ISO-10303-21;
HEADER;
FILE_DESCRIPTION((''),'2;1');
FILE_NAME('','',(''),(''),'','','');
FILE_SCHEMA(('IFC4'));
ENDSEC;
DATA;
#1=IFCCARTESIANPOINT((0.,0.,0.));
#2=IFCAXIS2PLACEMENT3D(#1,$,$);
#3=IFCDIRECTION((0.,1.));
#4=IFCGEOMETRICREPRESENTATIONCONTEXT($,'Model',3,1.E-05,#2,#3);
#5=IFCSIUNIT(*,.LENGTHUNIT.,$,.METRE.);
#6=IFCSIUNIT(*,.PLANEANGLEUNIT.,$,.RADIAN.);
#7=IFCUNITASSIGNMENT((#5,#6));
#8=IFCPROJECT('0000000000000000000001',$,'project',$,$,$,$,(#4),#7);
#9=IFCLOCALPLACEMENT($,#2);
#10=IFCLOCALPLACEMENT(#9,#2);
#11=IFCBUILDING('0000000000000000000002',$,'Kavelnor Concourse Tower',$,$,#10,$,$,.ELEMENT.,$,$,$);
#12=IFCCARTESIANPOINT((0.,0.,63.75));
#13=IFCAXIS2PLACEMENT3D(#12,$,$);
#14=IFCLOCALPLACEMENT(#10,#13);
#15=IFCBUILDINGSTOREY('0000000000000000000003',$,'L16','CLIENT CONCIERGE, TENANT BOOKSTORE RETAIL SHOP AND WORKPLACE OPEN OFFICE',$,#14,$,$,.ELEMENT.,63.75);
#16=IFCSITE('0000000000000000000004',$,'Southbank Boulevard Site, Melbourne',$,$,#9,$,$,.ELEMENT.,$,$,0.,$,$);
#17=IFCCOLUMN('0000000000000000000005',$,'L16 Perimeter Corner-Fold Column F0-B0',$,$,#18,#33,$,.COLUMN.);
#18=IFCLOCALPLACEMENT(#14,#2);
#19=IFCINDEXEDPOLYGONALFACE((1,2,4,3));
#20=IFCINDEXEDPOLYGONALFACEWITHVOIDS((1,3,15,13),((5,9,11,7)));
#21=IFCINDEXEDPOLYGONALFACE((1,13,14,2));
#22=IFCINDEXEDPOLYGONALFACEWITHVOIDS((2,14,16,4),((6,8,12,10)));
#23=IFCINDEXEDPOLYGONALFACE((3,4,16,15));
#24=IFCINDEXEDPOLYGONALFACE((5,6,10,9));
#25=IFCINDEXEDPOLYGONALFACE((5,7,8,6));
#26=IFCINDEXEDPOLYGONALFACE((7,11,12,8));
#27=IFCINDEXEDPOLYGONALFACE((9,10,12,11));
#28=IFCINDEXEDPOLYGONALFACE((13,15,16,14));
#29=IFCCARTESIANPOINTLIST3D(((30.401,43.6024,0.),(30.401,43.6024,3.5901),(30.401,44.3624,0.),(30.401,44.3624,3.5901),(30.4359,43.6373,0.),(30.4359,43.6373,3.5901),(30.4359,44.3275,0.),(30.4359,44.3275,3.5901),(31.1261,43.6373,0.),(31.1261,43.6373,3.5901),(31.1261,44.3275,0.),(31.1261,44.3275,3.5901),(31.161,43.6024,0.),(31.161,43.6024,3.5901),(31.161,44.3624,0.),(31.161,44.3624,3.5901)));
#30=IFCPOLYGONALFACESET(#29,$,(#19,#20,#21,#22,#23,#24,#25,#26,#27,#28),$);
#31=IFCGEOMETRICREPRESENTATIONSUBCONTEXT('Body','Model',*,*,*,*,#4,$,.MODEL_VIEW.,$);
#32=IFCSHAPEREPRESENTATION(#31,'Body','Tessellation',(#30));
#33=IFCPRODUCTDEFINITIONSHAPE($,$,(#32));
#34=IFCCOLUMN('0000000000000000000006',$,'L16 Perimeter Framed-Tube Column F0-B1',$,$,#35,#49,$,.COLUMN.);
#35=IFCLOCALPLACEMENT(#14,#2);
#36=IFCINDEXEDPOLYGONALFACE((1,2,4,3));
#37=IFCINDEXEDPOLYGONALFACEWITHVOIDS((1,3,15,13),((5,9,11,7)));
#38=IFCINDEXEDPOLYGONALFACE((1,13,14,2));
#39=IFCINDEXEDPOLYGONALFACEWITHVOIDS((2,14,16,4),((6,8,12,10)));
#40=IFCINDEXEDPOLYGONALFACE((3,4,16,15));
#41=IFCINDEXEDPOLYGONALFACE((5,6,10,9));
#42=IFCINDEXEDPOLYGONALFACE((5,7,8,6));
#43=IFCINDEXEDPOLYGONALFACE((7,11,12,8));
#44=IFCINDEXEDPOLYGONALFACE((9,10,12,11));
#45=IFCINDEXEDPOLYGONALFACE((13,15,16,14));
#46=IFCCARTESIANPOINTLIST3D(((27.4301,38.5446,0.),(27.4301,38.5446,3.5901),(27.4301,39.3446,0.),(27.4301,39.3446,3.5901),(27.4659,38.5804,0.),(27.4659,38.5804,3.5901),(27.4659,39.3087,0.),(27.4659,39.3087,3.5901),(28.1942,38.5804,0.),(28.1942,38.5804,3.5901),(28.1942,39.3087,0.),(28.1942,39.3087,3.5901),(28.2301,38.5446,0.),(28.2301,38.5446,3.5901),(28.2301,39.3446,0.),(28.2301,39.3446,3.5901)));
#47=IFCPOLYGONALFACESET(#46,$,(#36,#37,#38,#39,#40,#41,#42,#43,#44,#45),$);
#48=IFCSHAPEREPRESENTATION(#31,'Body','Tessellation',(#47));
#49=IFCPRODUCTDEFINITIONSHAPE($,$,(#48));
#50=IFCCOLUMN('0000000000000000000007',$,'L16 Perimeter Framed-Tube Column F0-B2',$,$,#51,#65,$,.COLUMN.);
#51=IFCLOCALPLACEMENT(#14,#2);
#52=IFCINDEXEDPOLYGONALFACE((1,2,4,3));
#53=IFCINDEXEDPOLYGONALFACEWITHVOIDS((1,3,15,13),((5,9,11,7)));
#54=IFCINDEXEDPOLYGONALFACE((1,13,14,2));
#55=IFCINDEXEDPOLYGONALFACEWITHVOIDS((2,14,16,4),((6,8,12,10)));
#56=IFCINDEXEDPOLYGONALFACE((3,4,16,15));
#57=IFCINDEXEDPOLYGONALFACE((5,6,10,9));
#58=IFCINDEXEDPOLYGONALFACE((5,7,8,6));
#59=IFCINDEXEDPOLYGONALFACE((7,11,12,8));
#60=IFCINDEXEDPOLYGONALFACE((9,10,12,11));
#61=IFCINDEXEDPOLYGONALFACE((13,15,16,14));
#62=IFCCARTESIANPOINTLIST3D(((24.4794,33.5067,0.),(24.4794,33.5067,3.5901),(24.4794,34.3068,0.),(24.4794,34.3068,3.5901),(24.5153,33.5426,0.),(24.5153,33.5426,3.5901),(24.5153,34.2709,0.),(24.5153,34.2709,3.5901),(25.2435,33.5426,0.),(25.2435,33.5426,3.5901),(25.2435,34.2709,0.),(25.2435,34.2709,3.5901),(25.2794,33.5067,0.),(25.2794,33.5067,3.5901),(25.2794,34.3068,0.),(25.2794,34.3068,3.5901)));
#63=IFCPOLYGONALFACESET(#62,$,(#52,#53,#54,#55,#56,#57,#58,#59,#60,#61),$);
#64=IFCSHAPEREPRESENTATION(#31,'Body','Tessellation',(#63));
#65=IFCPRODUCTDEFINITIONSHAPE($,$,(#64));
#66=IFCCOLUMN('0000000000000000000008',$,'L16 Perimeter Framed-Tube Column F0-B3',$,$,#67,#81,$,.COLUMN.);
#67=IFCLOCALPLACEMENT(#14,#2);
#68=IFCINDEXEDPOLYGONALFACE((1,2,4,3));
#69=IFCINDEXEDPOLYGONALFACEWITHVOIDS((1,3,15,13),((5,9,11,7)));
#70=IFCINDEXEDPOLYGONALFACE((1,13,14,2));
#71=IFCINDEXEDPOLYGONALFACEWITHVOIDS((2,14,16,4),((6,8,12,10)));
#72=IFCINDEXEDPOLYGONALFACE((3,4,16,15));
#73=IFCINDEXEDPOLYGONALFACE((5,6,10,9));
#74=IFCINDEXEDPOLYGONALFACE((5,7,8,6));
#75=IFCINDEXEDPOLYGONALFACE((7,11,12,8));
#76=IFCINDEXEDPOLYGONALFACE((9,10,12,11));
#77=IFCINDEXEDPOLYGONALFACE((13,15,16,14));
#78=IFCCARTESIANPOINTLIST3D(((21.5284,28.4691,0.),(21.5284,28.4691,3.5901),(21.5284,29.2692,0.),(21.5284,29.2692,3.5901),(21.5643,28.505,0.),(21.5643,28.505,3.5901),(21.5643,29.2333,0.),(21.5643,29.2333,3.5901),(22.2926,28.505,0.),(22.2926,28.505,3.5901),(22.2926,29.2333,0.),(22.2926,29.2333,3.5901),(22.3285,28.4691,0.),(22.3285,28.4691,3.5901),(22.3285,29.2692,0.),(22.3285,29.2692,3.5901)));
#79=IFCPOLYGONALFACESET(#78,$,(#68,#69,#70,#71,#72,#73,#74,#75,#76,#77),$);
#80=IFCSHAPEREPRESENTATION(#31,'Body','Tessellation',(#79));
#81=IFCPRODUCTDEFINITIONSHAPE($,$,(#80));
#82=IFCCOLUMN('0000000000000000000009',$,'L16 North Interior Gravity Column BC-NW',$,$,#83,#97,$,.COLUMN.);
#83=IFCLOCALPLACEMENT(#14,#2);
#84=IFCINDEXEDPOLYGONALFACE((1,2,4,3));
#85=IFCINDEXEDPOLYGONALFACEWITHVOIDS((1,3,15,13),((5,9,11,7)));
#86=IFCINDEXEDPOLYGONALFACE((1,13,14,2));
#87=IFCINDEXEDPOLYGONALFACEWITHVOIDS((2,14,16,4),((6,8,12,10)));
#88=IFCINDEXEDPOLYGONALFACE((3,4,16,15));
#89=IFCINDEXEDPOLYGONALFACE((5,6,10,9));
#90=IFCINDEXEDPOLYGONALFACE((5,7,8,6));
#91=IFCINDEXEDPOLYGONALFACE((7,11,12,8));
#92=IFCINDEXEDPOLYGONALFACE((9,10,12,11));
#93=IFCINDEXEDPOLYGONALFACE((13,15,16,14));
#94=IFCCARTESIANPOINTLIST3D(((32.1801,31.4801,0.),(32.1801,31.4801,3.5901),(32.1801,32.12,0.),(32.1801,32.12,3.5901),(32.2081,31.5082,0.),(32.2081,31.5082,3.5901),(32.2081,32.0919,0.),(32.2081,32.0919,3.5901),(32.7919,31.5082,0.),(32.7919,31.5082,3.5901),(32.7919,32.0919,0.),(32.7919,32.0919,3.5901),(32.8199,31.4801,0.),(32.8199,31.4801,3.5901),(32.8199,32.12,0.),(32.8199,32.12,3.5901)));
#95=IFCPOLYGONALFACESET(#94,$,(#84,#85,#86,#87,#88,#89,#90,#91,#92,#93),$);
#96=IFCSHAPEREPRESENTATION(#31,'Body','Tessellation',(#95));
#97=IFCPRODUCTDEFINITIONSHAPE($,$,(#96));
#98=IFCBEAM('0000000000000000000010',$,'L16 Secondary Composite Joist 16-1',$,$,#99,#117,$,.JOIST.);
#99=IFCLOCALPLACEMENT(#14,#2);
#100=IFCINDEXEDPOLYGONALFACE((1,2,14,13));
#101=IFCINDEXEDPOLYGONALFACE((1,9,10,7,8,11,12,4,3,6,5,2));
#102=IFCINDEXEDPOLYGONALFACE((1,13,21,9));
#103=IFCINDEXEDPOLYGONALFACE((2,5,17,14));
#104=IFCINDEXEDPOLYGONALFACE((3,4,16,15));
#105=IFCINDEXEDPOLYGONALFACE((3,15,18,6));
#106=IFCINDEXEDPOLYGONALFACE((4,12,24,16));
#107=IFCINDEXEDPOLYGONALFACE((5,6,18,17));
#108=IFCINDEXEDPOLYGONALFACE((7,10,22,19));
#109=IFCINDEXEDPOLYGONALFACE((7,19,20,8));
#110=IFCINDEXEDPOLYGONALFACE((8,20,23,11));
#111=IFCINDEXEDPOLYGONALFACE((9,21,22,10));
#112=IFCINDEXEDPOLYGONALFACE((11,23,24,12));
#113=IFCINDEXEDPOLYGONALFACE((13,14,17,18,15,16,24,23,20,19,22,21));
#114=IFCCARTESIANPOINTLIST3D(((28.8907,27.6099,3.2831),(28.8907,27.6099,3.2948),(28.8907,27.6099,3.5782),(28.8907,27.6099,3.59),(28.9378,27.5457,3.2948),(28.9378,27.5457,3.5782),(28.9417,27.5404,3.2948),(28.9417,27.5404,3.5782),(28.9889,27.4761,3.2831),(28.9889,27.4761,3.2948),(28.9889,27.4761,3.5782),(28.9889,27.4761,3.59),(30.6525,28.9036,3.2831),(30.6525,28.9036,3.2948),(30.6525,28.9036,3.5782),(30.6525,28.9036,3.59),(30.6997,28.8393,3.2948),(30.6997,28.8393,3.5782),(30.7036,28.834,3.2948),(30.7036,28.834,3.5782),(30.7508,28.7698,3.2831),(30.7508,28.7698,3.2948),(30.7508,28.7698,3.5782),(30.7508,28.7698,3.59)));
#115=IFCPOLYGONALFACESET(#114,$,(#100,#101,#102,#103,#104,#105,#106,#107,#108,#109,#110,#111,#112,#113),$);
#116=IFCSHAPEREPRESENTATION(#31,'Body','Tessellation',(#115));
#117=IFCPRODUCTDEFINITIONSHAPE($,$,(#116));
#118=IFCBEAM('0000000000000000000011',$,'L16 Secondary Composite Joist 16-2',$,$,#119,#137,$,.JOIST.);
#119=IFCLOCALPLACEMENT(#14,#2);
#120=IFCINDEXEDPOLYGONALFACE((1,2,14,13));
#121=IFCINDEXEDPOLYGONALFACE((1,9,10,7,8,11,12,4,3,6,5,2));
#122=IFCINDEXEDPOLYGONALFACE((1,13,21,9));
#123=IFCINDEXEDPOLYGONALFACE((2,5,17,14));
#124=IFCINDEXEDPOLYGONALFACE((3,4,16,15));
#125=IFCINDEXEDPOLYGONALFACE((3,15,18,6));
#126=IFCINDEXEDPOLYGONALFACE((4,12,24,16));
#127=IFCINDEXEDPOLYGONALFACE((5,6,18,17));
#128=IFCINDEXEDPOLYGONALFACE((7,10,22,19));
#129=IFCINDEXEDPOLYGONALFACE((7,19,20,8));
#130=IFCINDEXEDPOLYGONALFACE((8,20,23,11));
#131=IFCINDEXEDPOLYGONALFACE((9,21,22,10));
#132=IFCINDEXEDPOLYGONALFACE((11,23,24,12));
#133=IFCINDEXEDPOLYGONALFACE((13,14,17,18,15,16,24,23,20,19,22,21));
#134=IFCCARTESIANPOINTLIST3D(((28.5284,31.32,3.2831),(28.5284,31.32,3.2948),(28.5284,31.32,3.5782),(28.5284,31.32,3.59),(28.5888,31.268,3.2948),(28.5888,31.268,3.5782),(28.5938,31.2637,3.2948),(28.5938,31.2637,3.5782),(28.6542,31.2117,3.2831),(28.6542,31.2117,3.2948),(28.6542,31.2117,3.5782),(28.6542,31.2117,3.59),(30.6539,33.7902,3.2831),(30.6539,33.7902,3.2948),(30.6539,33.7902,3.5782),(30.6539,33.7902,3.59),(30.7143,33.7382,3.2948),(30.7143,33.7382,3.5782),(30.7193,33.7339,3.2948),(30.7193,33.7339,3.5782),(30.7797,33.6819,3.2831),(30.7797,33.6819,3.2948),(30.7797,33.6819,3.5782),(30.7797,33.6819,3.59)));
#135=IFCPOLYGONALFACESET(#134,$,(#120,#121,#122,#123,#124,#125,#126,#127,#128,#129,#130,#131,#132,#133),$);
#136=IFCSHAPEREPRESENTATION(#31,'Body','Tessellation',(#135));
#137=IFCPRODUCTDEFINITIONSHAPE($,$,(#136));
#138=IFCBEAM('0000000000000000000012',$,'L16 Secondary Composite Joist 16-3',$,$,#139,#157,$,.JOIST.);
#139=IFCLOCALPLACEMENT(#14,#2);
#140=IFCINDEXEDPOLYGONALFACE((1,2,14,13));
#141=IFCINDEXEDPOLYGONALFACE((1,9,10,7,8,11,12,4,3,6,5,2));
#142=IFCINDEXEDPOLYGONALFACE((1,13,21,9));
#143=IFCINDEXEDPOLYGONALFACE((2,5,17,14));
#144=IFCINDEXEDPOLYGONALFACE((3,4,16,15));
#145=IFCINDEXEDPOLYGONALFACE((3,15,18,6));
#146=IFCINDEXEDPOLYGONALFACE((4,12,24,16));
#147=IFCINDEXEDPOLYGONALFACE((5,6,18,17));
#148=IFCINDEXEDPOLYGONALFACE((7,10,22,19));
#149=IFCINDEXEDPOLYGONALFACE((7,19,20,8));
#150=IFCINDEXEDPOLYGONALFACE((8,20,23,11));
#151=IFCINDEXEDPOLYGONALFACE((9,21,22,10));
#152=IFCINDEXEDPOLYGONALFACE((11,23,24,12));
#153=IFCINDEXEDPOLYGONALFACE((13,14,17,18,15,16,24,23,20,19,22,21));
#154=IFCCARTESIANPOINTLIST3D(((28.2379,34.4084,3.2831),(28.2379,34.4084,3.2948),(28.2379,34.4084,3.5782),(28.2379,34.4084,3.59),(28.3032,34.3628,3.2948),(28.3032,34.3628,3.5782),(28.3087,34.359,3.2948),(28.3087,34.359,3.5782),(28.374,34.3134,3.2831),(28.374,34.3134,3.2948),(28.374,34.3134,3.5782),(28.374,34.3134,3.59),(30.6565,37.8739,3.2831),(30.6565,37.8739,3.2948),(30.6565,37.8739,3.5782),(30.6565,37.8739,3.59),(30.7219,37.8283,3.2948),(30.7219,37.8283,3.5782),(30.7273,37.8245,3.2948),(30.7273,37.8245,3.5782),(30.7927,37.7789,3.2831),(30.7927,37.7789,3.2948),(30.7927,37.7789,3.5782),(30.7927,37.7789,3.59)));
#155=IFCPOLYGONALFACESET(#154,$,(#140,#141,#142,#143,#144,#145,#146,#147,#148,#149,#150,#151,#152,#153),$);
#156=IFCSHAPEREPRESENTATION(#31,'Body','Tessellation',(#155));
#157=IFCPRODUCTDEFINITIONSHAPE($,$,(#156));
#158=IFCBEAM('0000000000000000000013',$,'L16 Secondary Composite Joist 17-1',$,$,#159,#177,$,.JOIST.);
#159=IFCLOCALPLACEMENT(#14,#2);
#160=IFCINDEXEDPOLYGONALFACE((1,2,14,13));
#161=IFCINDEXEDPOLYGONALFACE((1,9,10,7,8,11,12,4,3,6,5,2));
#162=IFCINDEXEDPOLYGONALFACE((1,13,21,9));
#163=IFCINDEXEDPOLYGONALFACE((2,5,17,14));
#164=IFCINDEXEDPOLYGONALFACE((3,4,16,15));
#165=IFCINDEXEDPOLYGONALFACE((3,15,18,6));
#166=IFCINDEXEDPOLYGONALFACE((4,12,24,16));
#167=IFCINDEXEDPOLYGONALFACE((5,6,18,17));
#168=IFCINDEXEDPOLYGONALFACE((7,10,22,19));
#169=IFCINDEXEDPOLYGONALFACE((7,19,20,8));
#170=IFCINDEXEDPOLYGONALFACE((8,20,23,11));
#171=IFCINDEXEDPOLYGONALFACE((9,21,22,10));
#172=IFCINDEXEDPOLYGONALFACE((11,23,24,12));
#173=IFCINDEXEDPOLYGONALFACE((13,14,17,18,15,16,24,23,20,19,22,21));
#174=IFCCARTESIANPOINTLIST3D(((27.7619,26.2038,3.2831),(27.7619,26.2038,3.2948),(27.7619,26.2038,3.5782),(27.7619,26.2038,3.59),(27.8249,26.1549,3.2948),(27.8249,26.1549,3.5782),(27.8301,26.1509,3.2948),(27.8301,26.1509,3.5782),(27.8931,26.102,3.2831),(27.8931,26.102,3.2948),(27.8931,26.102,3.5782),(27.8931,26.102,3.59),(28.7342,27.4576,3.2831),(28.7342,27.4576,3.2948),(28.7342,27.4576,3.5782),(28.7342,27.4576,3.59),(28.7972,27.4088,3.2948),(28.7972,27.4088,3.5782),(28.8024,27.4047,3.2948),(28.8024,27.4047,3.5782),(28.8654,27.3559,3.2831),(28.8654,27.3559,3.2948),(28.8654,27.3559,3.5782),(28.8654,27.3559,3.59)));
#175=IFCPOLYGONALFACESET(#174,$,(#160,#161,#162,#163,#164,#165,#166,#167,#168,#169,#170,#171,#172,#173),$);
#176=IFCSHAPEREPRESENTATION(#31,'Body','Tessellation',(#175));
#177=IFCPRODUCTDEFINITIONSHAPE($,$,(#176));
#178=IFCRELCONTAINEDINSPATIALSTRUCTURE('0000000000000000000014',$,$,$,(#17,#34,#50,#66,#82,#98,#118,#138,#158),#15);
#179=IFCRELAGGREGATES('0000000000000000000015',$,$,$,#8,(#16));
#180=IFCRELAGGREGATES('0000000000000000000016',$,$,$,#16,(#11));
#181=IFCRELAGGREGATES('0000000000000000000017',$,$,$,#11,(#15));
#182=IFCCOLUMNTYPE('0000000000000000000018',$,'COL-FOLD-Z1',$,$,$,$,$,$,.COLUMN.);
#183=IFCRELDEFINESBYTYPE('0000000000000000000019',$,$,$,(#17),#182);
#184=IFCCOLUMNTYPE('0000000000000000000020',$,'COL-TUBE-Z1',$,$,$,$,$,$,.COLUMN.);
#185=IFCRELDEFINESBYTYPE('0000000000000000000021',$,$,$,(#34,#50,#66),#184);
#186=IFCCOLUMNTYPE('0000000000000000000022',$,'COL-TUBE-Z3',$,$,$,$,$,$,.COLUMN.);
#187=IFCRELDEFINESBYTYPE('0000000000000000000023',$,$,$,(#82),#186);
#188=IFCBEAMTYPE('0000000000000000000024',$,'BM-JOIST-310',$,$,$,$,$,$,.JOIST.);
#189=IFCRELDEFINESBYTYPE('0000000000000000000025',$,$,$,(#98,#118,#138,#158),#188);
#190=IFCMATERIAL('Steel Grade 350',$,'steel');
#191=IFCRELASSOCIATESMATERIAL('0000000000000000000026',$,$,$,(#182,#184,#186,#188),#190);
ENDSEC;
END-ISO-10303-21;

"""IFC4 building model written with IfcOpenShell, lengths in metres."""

from ifc_helpers import new_model, si_unit, direction, frame, origin, origin_2d, place, context, subcontext, project, spatial, hollow_rectangle, i_section, extrude, material, material_profile, profile_set, type_object, element, save


model = new_model("IFC4")

# Units and contexts
model_context = context("Model", 3, precision=1e-05, world=origin(), true_north=direction((0.0, 1.0)))
body_context = subcontext(model_context, "Body", "Model", "MODEL_VIEW")
ifc_project = project(units=[si_unit("LENGTHUNIT", "METRE"), si_unit("PLANEANGLEUNIT", "RADIAN")], contexts=[model_context])

# Site, building, storey
site_placement = place(None, origin())
site = spatial("IfcSite", under=ifc_project, at=site_placement, Name="Southbank Boulevard Site, Melbourne", CompositionType="ELEMENT", RefElevation=0.0)
building_placement = place(site_placement, origin())
building = spatial("IfcBuilding", under=site, at=building_placement, Name="Kavelnor Concourse Tower", CompositionType="ELEMENT")
storey_placement = place(building_placement, frame((0.0, 0.0, 63.75)))
storey = spatial("IfcBuildingStorey", under=building, at=storey_placement, Name="L16", Description="CLIENT CONCIERGE, TENANT BOOKSTORE RETAIL SHOP AND WORKPLACE OPEN OFFICE", CompositionType="ELEMENT", Elevation=63.75)

# Columns
ifc_material_1 = material(Name="Steel Grade 350", Category="steel")
ifc_material_profile_1 = material_profile(ifc_material_1, hollow_rectangle(XDim=0.76, YDim=0.76, WallThickness=0.0349, at=origin_2d()), Name="SHS 760x760x35")
ifc_profile_set_1 = profile_set([ifc_material_profile_1], Name="Steel Grade 350")
column_type_1 = type_object("IfcColumnType", Name="COL-FOLD-Z1", PredefinedType="COLUMN", material=ifc_profile_set_1)
column_1_placement = place(storey_placement, frame((30.781, 43.9824, 0.0), z_axis=(0.0, 0.0, 1.0), x_axis=(1.0, 0.0, 0.0)))
element("IfcColumn", 1, at=column_1_placement, inside=storey, type_object=column_type_1, Name="L16 Perimeter Corner-Fold Column F0-B0", PredefinedType="COLUMN", context=body_context, shape_type="SweptSolid", body=[
    extrude(hollow_rectangle(XDim=0.76, YDim=0.76, WallThickness=0.0349, at=origin_2d()), origin(), (0.0, 0.0, 1.0), 3.5901),
])
ifc_material_profile_2 = material_profile(ifc_material_1, hollow_rectangle(XDim=0.8, YDim=0.8, WallThickness=0.0359, at=origin_2d()), Name="SHS 800x800x36")
ifc_profile_set_2 = profile_set([ifc_material_profile_2], Name="Steel Grade 350")
column_type_2 = type_object("IfcColumnType", Name="COL-TUBE-Z1", PredefinedType="COLUMN", material=ifc_profile_set_2)
for number, where, z_axis, x_axis, name in (
    (2, (27.8301, 38.9446, 0.0), (0.0, 0.0, 1.0), (1.0, 0.0, 0.0), "L16 Perimeter Framed-Tube Column F0-B1"),
    (3, (24.8794, 33.9067, 0.0), (0.0, 0.0, 1.0), (1.0, 0.0, 0.0), "L16 Perimeter Framed-Tube Column F0-B2"),
    (4, (21.9285, 28.8691, 0.0), (0.0, 0.0, 1.0), (1.0, 0.0, 0.0), "L16 Perimeter Framed-Tube Column F0-B3"),
):
    element("IfcColumn", number, at=place(storey_placement, frame(where, z_axis=z_axis, x_axis=x_axis)), inside=storey, type_object=column_type_2, Name=name, PredefinedType="COLUMN", context=body_context, shape_type="SweptSolid", body=[
        extrude(hollow_rectangle(XDim=0.8, YDim=0.8, WallThickness=0.0359, at=origin_2d()), origin(), (0.0, 0.0, 1.0), 3.5901),
    ])
ifc_material_profile_3 = material_profile(ifc_material_1, hollow_rectangle(XDim=0.6399, YDim=0.6399, WallThickness=0.0281, at=origin_2d()), Name="SHS 640x640x28")
ifc_profile_set_3 = profile_set([ifc_material_profile_3], Name="Steel Grade 350")
column_type_3 = type_object("IfcColumnType", Name="COL-TUBE-Z3", PredefinedType="COLUMN", material=ifc_profile_set_3)
column_2_placement = place(storey_placement, frame((32.5, 31.8, 0.0), z_axis=(0.0, 0.0, 1.0), x_axis=(1.0, 0.0, 0.0)))
element("IfcColumn", 5, at=column_2_placement, inside=storey, type_object=column_type_3, Name="L16 North Interior Gravity Column BC-NW", PredefinedType="COLUMN", context=body_context, shape_type="SweptSolid", body=[
    extrude(hollow_rectangle(XDim=0.6399, YDim=0.6399, WallThickness=0.0281, at=origin_2d()), origin(), (0.0, 0.0, 1.0), 3.5901),
])

# Beams
ifc_material_profile_4 = material_profile(ifc_material_1, i_section(OverallWidth=0.166, OverallDepth=0.3069, WebThickness=0.0066, FlangeThickness=0.0117, at=origin_2d()), Name="310UB46")
ifc_profile_set_4 = profile_set([ifc_material_profile_4], Name="Steel Grade 350")
beam_type_1 = type_object("IfcBeamType", Name="BM-JOIST-310", PredefinedType="JOIST", material=ifc_profile_set_4)
beam_1_placement = place(storey_placement, frame((30.7017, 28.8367, 3.4365), z_axis=(-0.806057, -0.591838, 0.0), x_axis=(0.591838, -0.806057, 0.0)))
element("IfcBeam", 6, at=beam_1_placement, inside=storey, type_object=beam_type_1, Name="L16 Secondary Composite Joist 16-1", PredefinedType="JOIST", context=body_context, shape_type="SweptSolid", body=[
    extrude(i_section(OverallWidth=0.166, OverallDepth=0.3069, WebThickness=0.0066, FlangeThickness=0.0117, at=origin_2d()), origin(), (0.0, 0.0, 1.0), 2.1858),
])
beam_2_placement = place(storey_placement, frame((30.7168, 33.7361, 3.4365), z_axis=(-0.652234, -0.758018, 0.0), x_axis=(0.758018, -0.652234, 0.0)))
element("IfcBeam", 7, at=beam_2_placement, inside=storey, type_object=beam_type_1, Name="L16 Secondary Composite Joist 16-2", PredefinedType="JOIST", context=body_context, shape_type="SweptSolid", body=[
    extrude(i_section(OverallWidth=0.166, OverallDepth=0.3069, WebThickness=0.0066, FlangeThickness=0.0117, at=origin_2d()), origin(), (0.0, 0.0, 1.0), 3.2588),
])
beam_3_placement = place(storey_placement, frame((30.7246, 37.8264, 3.4365), z_axis=(-0.572318, -0.820032, 0.0), x_axis=(0.820032, -0.572318, 0.0)))
element("IfcBeam", 8, at=beam_3_placement, inside=storey, type_object=beam_type_1, Name="L16 Secondary Composite Joist 16-3", PredefinedType="JOIST", context=body_context, shape_type="SweptSolid", body=[
    extrude(i_section(OverallWidth=0.166, OverallDepth=0.3069, WebThickness=0.0066, FlangeThickness=0.0117, at=origin_2d()), origin(), (0.0, 0.0, 1.0), 4.2261),
])
beam_4_placement = place(storey_placement, frame((28.7998, 27.4067, 3.4365), z_axis=(-0.612822, -0.790221, 0.0), x_axis=(0.790221, -0.612822, 0.0)))
element("IfcBeam", 9, at=beam_4_placement, inside=storey, type_object=beam_type_1, Name="L16 Secondary Composite Joist 17-1", PredefinedType="JOIST", context=body_context, shape_type="SweptSolid", body=[
    extrude(i_section(OverallWidth=0.166, OverallDepth=0.3069, WebThickness=0.0066, FlangeThickness=0.0117, at=origin_2d()), origin(), (0.0, 0.0, 1.0), 1.5867),
])

save(model, "model.ifc")
